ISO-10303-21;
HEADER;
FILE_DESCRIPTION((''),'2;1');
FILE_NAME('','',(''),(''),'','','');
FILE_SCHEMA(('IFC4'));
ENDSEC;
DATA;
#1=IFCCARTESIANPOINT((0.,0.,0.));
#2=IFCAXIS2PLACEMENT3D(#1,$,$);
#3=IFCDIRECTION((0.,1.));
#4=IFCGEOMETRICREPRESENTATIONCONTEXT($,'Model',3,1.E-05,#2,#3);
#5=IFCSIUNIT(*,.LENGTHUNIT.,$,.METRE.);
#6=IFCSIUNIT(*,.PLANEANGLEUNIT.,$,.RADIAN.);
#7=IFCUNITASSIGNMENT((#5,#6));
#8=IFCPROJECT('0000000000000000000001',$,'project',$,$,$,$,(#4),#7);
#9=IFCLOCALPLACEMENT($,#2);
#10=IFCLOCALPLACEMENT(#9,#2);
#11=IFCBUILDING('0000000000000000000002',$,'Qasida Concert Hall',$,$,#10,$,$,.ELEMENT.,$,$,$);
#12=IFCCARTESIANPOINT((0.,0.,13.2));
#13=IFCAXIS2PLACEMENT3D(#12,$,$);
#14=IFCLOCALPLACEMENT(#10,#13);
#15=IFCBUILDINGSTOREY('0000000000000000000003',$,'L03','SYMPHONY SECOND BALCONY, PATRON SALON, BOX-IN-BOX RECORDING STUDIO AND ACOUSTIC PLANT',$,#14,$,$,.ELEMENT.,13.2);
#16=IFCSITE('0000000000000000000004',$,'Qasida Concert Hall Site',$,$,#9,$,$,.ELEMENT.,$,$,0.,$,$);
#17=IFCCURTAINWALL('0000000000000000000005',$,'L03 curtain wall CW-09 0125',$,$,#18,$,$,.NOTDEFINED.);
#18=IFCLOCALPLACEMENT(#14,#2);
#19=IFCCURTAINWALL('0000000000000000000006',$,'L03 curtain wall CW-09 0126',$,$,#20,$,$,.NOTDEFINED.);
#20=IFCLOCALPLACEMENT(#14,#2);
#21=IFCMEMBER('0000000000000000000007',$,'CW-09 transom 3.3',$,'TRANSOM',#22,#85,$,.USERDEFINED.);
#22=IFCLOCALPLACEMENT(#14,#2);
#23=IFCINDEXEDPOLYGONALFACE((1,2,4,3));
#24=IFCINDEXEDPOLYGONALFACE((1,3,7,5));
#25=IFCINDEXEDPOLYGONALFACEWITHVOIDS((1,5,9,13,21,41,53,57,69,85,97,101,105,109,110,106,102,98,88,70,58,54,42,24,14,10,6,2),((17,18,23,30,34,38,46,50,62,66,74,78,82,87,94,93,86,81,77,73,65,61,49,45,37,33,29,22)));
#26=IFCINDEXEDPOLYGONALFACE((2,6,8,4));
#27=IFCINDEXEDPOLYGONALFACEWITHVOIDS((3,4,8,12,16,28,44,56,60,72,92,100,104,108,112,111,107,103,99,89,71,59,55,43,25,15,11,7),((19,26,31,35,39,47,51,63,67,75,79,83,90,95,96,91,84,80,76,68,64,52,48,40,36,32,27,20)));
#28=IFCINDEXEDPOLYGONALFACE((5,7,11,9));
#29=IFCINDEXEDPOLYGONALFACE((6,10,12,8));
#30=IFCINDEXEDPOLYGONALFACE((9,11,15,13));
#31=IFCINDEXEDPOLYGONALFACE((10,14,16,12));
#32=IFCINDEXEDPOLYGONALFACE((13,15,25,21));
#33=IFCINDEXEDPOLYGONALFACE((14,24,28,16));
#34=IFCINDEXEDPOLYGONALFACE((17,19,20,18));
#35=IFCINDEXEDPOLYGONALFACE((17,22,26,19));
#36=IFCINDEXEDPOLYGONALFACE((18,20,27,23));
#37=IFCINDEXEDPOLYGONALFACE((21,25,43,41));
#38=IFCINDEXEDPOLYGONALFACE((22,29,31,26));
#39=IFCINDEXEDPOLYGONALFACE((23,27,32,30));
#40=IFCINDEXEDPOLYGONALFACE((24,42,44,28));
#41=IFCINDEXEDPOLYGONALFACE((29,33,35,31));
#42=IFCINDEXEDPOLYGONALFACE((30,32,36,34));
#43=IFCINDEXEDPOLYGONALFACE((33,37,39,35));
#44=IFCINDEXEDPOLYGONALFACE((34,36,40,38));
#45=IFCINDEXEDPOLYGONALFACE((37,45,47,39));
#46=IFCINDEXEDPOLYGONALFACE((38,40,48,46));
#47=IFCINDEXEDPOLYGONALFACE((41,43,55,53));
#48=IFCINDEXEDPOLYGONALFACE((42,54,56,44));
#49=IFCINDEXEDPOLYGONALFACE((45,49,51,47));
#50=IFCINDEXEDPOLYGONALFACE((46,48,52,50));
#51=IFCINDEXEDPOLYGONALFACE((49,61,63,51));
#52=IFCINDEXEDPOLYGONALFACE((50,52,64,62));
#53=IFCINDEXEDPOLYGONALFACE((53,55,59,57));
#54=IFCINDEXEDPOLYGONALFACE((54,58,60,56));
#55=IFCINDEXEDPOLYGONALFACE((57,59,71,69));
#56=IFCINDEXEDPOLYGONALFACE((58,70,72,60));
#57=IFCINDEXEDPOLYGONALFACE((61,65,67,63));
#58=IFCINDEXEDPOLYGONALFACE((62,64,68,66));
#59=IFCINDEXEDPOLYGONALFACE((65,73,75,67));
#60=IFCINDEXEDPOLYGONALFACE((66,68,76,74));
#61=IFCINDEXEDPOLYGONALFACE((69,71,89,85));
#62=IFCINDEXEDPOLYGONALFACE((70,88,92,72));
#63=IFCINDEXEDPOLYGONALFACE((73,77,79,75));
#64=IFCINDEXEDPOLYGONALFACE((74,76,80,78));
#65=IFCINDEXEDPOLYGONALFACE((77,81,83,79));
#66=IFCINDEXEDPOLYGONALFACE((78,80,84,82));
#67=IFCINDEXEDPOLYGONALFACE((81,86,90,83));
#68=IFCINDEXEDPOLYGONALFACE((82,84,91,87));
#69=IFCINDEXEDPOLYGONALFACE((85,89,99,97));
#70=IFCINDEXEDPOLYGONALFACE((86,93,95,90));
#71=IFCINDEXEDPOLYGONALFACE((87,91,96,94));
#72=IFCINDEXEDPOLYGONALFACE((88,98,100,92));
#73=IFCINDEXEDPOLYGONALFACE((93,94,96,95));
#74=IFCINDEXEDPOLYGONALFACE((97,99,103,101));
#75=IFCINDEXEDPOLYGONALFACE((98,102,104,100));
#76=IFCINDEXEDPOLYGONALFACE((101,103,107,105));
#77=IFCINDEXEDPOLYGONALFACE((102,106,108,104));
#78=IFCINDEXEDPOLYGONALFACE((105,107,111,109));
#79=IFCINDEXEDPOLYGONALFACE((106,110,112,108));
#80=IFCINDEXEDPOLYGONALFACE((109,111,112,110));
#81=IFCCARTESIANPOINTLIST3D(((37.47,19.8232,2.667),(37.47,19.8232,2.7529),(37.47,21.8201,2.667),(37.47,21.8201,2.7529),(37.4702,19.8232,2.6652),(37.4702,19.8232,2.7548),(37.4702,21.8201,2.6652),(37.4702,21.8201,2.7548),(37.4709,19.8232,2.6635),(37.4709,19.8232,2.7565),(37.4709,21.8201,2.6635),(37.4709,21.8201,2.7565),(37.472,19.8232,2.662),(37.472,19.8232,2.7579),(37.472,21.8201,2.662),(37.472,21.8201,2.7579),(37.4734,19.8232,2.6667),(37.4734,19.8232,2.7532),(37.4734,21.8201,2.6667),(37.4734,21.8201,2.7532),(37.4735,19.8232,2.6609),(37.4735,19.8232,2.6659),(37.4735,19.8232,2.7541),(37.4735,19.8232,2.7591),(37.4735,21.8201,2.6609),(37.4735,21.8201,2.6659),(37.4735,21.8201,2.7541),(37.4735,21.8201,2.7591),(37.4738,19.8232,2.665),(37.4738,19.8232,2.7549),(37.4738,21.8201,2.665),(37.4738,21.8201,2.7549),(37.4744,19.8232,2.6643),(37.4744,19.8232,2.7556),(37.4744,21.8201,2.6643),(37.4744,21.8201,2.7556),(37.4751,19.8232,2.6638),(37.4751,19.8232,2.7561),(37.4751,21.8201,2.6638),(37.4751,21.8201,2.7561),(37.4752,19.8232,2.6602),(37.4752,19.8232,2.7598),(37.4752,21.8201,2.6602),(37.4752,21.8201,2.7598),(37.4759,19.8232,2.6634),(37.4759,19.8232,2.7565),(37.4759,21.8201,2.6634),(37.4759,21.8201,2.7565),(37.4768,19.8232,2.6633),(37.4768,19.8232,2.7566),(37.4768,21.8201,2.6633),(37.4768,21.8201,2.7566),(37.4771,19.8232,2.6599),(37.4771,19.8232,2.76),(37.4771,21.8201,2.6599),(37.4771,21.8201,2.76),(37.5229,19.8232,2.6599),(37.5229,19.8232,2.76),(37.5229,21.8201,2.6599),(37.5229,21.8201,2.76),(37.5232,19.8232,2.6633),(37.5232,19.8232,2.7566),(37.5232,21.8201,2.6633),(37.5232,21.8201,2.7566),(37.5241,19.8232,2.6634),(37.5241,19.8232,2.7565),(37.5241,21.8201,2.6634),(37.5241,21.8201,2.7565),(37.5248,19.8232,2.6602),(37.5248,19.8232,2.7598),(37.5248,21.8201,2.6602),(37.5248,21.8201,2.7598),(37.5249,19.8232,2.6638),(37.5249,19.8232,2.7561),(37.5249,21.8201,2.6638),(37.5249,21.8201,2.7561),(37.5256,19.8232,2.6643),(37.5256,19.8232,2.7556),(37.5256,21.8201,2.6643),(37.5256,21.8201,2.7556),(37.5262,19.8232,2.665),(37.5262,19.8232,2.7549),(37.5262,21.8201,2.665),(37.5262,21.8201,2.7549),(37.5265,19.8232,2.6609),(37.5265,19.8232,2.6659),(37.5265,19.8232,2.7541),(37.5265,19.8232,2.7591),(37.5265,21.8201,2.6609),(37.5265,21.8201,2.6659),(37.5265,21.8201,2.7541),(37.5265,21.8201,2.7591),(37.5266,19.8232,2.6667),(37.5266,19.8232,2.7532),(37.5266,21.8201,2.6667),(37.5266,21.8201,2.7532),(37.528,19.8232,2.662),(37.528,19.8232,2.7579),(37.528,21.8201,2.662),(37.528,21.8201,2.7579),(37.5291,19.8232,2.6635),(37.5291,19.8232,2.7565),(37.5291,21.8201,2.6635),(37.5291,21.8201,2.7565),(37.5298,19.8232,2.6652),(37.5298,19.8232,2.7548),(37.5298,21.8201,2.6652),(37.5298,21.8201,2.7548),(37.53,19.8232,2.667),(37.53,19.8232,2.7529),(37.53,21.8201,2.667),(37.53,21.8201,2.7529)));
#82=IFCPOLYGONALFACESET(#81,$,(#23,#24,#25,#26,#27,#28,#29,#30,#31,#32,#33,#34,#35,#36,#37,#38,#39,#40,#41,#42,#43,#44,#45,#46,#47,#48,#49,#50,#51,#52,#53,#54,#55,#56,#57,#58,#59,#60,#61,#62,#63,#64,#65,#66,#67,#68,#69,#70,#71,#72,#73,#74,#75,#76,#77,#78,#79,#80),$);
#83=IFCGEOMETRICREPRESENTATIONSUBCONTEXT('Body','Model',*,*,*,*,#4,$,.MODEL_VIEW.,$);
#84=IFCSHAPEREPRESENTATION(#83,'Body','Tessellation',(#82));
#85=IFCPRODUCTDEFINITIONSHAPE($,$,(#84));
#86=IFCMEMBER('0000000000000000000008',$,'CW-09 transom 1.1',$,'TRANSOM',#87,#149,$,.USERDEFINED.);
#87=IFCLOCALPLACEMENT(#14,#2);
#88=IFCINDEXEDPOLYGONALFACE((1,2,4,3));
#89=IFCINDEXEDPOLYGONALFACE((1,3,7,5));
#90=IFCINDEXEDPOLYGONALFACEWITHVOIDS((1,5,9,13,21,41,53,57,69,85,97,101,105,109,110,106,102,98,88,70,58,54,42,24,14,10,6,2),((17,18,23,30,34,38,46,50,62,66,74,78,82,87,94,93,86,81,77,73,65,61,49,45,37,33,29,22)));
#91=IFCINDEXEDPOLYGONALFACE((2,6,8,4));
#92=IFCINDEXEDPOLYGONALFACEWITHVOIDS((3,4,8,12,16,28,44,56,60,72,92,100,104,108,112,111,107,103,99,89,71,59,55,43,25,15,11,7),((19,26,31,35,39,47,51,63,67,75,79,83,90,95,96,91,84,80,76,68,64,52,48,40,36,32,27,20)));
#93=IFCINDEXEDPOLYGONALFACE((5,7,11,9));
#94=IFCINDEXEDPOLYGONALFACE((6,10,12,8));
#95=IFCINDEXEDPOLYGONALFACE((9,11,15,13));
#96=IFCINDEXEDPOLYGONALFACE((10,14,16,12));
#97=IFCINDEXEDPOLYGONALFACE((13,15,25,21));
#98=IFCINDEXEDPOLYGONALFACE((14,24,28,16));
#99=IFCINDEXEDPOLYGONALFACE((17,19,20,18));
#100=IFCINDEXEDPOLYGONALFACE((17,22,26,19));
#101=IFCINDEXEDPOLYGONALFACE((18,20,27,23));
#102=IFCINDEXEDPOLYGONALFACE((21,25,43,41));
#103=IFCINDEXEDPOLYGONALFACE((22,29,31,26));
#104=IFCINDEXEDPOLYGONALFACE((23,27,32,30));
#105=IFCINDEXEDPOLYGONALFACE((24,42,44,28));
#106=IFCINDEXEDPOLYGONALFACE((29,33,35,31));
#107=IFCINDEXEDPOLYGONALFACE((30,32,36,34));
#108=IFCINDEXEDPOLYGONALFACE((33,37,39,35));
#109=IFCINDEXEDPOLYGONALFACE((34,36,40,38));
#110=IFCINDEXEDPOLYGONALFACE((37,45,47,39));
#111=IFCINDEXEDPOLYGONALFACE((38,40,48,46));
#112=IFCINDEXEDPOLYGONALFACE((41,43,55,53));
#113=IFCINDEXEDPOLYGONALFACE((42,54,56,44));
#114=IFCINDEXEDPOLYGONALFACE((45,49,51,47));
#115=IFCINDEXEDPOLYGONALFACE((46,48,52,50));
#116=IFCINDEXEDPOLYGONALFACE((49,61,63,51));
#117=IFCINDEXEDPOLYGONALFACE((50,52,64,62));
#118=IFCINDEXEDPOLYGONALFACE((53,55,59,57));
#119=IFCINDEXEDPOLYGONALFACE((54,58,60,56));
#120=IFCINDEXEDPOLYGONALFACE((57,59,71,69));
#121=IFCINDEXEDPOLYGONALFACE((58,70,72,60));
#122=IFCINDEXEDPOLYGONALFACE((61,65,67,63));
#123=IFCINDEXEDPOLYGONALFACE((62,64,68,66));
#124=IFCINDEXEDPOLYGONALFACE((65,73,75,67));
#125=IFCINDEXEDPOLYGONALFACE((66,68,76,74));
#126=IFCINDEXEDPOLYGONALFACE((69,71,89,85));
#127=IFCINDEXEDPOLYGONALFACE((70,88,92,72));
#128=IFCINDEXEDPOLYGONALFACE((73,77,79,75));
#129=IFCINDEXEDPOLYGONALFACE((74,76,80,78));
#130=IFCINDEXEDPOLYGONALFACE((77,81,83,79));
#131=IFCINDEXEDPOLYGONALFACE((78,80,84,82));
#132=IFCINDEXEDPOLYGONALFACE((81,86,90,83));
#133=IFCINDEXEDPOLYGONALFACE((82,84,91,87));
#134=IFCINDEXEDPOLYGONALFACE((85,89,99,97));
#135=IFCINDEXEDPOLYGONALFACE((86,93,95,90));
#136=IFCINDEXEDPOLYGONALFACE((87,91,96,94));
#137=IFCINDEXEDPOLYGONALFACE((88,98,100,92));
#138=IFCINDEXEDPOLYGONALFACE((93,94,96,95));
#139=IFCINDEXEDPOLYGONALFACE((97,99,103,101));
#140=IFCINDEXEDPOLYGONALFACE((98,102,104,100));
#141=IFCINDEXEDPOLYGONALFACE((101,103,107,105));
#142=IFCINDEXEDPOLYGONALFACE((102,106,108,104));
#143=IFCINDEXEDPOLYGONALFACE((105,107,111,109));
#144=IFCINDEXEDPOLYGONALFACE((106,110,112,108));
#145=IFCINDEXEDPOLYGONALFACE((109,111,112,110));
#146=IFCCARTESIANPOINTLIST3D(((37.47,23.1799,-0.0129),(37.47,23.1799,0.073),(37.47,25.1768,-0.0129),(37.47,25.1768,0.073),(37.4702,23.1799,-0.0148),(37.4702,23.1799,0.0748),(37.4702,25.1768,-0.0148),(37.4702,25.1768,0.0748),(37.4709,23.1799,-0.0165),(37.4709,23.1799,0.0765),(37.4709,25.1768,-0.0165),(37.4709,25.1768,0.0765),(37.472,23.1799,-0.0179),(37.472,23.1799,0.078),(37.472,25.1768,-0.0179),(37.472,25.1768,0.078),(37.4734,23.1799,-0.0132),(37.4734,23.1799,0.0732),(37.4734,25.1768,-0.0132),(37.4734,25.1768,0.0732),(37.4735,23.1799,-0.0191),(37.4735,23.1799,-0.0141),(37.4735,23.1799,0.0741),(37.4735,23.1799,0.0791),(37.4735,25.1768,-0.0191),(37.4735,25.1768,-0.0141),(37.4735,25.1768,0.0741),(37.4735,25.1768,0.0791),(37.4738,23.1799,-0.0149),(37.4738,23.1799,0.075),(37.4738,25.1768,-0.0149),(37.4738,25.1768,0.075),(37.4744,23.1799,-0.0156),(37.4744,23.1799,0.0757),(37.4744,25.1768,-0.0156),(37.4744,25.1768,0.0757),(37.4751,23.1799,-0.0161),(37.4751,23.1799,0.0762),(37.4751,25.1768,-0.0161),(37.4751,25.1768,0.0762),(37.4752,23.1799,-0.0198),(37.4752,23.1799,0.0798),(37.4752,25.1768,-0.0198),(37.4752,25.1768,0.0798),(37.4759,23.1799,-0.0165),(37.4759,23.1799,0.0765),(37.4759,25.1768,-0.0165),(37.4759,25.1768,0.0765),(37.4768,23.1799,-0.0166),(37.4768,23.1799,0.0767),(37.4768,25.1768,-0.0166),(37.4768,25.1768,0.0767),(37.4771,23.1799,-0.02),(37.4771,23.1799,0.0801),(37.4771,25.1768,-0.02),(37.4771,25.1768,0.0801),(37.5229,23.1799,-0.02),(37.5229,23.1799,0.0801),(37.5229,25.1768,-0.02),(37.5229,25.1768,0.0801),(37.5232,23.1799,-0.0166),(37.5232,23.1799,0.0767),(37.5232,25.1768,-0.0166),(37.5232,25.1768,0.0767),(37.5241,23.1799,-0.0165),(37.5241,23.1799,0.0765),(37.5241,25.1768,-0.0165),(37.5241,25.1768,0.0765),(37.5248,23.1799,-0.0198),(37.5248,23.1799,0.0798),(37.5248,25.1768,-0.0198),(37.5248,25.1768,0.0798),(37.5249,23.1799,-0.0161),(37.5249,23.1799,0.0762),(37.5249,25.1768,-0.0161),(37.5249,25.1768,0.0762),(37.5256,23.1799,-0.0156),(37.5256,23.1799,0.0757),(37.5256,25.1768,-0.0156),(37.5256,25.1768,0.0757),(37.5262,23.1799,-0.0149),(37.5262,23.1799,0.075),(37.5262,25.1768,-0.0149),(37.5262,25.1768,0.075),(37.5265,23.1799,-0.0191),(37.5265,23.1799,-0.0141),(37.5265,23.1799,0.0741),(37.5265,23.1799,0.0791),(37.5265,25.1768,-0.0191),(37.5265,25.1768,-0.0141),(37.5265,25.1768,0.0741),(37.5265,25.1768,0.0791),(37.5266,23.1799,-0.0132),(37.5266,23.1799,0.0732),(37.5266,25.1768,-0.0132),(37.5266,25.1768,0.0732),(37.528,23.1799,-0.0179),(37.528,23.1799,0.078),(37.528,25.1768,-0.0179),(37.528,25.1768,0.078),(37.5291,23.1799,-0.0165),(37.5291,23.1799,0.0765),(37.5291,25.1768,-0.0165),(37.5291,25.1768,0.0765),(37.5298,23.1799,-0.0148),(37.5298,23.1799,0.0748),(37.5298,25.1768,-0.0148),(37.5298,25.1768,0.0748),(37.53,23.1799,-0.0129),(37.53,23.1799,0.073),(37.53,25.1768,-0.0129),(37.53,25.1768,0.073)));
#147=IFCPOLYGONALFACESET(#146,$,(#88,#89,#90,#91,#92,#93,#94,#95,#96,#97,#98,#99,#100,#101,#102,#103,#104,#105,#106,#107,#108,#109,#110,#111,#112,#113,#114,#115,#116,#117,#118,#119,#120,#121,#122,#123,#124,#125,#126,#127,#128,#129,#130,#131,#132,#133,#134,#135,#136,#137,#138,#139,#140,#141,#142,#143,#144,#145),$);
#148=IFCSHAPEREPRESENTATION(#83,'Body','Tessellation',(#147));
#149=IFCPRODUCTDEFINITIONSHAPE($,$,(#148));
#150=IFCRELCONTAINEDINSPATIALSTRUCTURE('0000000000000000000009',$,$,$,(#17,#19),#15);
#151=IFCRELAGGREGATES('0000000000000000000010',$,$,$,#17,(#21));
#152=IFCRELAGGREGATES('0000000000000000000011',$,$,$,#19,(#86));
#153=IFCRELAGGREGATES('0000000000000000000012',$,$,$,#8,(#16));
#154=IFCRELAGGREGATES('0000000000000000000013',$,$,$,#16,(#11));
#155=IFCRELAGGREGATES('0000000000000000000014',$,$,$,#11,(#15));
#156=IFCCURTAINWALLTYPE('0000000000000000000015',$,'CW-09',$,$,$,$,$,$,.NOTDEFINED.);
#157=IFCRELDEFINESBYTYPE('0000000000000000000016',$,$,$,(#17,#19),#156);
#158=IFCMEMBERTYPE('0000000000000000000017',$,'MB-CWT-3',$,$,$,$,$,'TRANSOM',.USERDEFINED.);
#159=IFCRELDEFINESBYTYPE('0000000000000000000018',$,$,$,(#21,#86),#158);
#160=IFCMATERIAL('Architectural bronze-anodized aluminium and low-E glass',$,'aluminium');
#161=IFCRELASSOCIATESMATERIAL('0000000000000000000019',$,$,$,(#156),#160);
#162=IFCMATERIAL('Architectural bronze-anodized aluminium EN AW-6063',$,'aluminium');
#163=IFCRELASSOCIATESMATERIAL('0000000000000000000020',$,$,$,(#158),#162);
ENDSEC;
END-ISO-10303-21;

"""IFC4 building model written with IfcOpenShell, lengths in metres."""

from ifc_helpers import new_model, si_unit, direction, frame, origin, origin_2d, place, context, subcontext, project, spatial, hollow_rectangle, extrude, material, material_profile, profile_set, type_object, element, aggregate, save


model = new_model("IFC4")

# Units and contexts
model_context = context("Model", 3, precision=1e-05, world=origin(), true_north=direction((0.0, 1.0)))
body_context = subcontext(model_context, "Body", "Model", "MODEL_VIEW")
ifc_project = project(units=[si_unit("LENGTHUNIT", "METRE"), si_unit("PLANEANGLEUNIT", "RADIAN")], contexts=[model_context])

# Site, building, storey
site_placement = place(None, origin())
site = spatial("IfcSite", under=ifc_project, at=site_placement, Name="Qasida Concert Hall Site", CompositionType="ELEMENT", RefElevation=0.0)
building_placement = place(site_placement, origin())
building = spatial("IfcBuilding", under=site, at=building_placement, Name="Qasida Concert Hall", CompositionType="ELEMENT")
storey_placement = place(building_placement, frame((0.0, 0.0, 13.2)))
storey = spatial("IfcBuildingStorey", under=building, at=storey_placement, Name="L03", Description="SYMPHONY SECOND BALCONY, PATRON SALON, BOX-IN-BOX RECORDING STUDIO AND ACOUSTIC PLANT", CompositionType="ELEMENT", Elevation=13.2)

# Curtain walls
ifc_material_1 = material(Name="Architectural bronze-anodized aluminium and low-E glass", Category="aluminium")
curtain_wall_type = type_object("IfcCurtainWallType", Name="CW-09", PredefinedType="NOTDEFINED", material=ifc_material_1)
curtain_wall_1_placement = place(storey_placement, origin())
curtain_wall_1 = element("IfcCurtainWall", 1, at=curtain_wall_1_placement, inside=storey, type_object=curtain_wall_type, Name="L03 curtain wall CW-09 0125", PredefinedType="NOTDEFINED")
ifc_material_2 = material(Name="Architectural bronze-anodized aluminium EN AW-6063", Category="aluminium")
curtain_wall_2_placement = place(storey_placement, origin())
curtain_wall_2 = element("IfcCurtainWall", 2, at=curtain_wall_2_placement, inside=storey, type_object=curtain_wall_type, Name="L03 curtain wall CW-09 0126", PredefinedType="NOTDEFINED")

# Members
ifc_material_profile_1 = material_profile(ifc_material_2, hollow_rectangle(XDim=0.0601, YDim=0.1001, WallThickness=0.0034, InnerFilletRadius=0.0034, OuterFilletRadius=0.0071, at=origin_2d()), Name="CWT 100x60x3.5")
ifc_profile_set_1 = profile_set([ifc_material_profile_1], Name="Architectural bronze-anodized aluminium EN AW-6063")
member_type_1 = type_object("IfcMemberType", Name="MB-CWT-3", ElementType="TRANSOM", PredefinedType="USERDEFINED", material=ifc_profile_set_1)
member_1_placement = place(storey_placement, frame((37.5, 19.8232, 2.71), z_axis=(0.0, 1.0, 0.0), x_axis=(-1.0, 0.0, 0.0)))
member_1 = element("IfcMember", 3, at=member_1_placement, type_object=member_type_1, Name="CW-09 transom 3.3", ObjectType="TRANSOM", PredefinedType="USERDEFINED", context=body_context, shape_type="SweptSolid", body=[
    extrude(hollow_rectangle(XDim=0.0601, YDim=0.1001, WallThickness=0.0034, InnerFilletRadius=0.0034, OuterFilletRadius=0.0071, at=origin_2d()), origin(), (0.0, 0.0, 1.0), 1.9968),
])
member_2_placement = place(storey_placement, frame((37.5, 23.1799, 0.03), z_axis=(0.0, 1.0, 0.0), x_axis=(-1.0, 0.0, 0.0)))
member_2 = element("IfcMember", 4, at=member_2_placement, type_object=member_type_1, Name="CW-09 transom 1.1", ObjectType="TRANSOM", PredefinedType="USERDEFINED", context=body_context, shape_type="SweptSolid", body=[
    extrude(hollow_rectangle(XDim=0.0601, YDim=0.1001, WallThickness=0.0034, InnerFilletRadius=0.0034, OuterFilletRadius=0.0071, at=origin_2d()), origin(), (0.0, 0.0, 1.0), 1.9968),
])

aggregate(curtain_wall_1, [member_1])
aggregate(curtain_wall_2, [member_2])

save(model, "model.ifc")
